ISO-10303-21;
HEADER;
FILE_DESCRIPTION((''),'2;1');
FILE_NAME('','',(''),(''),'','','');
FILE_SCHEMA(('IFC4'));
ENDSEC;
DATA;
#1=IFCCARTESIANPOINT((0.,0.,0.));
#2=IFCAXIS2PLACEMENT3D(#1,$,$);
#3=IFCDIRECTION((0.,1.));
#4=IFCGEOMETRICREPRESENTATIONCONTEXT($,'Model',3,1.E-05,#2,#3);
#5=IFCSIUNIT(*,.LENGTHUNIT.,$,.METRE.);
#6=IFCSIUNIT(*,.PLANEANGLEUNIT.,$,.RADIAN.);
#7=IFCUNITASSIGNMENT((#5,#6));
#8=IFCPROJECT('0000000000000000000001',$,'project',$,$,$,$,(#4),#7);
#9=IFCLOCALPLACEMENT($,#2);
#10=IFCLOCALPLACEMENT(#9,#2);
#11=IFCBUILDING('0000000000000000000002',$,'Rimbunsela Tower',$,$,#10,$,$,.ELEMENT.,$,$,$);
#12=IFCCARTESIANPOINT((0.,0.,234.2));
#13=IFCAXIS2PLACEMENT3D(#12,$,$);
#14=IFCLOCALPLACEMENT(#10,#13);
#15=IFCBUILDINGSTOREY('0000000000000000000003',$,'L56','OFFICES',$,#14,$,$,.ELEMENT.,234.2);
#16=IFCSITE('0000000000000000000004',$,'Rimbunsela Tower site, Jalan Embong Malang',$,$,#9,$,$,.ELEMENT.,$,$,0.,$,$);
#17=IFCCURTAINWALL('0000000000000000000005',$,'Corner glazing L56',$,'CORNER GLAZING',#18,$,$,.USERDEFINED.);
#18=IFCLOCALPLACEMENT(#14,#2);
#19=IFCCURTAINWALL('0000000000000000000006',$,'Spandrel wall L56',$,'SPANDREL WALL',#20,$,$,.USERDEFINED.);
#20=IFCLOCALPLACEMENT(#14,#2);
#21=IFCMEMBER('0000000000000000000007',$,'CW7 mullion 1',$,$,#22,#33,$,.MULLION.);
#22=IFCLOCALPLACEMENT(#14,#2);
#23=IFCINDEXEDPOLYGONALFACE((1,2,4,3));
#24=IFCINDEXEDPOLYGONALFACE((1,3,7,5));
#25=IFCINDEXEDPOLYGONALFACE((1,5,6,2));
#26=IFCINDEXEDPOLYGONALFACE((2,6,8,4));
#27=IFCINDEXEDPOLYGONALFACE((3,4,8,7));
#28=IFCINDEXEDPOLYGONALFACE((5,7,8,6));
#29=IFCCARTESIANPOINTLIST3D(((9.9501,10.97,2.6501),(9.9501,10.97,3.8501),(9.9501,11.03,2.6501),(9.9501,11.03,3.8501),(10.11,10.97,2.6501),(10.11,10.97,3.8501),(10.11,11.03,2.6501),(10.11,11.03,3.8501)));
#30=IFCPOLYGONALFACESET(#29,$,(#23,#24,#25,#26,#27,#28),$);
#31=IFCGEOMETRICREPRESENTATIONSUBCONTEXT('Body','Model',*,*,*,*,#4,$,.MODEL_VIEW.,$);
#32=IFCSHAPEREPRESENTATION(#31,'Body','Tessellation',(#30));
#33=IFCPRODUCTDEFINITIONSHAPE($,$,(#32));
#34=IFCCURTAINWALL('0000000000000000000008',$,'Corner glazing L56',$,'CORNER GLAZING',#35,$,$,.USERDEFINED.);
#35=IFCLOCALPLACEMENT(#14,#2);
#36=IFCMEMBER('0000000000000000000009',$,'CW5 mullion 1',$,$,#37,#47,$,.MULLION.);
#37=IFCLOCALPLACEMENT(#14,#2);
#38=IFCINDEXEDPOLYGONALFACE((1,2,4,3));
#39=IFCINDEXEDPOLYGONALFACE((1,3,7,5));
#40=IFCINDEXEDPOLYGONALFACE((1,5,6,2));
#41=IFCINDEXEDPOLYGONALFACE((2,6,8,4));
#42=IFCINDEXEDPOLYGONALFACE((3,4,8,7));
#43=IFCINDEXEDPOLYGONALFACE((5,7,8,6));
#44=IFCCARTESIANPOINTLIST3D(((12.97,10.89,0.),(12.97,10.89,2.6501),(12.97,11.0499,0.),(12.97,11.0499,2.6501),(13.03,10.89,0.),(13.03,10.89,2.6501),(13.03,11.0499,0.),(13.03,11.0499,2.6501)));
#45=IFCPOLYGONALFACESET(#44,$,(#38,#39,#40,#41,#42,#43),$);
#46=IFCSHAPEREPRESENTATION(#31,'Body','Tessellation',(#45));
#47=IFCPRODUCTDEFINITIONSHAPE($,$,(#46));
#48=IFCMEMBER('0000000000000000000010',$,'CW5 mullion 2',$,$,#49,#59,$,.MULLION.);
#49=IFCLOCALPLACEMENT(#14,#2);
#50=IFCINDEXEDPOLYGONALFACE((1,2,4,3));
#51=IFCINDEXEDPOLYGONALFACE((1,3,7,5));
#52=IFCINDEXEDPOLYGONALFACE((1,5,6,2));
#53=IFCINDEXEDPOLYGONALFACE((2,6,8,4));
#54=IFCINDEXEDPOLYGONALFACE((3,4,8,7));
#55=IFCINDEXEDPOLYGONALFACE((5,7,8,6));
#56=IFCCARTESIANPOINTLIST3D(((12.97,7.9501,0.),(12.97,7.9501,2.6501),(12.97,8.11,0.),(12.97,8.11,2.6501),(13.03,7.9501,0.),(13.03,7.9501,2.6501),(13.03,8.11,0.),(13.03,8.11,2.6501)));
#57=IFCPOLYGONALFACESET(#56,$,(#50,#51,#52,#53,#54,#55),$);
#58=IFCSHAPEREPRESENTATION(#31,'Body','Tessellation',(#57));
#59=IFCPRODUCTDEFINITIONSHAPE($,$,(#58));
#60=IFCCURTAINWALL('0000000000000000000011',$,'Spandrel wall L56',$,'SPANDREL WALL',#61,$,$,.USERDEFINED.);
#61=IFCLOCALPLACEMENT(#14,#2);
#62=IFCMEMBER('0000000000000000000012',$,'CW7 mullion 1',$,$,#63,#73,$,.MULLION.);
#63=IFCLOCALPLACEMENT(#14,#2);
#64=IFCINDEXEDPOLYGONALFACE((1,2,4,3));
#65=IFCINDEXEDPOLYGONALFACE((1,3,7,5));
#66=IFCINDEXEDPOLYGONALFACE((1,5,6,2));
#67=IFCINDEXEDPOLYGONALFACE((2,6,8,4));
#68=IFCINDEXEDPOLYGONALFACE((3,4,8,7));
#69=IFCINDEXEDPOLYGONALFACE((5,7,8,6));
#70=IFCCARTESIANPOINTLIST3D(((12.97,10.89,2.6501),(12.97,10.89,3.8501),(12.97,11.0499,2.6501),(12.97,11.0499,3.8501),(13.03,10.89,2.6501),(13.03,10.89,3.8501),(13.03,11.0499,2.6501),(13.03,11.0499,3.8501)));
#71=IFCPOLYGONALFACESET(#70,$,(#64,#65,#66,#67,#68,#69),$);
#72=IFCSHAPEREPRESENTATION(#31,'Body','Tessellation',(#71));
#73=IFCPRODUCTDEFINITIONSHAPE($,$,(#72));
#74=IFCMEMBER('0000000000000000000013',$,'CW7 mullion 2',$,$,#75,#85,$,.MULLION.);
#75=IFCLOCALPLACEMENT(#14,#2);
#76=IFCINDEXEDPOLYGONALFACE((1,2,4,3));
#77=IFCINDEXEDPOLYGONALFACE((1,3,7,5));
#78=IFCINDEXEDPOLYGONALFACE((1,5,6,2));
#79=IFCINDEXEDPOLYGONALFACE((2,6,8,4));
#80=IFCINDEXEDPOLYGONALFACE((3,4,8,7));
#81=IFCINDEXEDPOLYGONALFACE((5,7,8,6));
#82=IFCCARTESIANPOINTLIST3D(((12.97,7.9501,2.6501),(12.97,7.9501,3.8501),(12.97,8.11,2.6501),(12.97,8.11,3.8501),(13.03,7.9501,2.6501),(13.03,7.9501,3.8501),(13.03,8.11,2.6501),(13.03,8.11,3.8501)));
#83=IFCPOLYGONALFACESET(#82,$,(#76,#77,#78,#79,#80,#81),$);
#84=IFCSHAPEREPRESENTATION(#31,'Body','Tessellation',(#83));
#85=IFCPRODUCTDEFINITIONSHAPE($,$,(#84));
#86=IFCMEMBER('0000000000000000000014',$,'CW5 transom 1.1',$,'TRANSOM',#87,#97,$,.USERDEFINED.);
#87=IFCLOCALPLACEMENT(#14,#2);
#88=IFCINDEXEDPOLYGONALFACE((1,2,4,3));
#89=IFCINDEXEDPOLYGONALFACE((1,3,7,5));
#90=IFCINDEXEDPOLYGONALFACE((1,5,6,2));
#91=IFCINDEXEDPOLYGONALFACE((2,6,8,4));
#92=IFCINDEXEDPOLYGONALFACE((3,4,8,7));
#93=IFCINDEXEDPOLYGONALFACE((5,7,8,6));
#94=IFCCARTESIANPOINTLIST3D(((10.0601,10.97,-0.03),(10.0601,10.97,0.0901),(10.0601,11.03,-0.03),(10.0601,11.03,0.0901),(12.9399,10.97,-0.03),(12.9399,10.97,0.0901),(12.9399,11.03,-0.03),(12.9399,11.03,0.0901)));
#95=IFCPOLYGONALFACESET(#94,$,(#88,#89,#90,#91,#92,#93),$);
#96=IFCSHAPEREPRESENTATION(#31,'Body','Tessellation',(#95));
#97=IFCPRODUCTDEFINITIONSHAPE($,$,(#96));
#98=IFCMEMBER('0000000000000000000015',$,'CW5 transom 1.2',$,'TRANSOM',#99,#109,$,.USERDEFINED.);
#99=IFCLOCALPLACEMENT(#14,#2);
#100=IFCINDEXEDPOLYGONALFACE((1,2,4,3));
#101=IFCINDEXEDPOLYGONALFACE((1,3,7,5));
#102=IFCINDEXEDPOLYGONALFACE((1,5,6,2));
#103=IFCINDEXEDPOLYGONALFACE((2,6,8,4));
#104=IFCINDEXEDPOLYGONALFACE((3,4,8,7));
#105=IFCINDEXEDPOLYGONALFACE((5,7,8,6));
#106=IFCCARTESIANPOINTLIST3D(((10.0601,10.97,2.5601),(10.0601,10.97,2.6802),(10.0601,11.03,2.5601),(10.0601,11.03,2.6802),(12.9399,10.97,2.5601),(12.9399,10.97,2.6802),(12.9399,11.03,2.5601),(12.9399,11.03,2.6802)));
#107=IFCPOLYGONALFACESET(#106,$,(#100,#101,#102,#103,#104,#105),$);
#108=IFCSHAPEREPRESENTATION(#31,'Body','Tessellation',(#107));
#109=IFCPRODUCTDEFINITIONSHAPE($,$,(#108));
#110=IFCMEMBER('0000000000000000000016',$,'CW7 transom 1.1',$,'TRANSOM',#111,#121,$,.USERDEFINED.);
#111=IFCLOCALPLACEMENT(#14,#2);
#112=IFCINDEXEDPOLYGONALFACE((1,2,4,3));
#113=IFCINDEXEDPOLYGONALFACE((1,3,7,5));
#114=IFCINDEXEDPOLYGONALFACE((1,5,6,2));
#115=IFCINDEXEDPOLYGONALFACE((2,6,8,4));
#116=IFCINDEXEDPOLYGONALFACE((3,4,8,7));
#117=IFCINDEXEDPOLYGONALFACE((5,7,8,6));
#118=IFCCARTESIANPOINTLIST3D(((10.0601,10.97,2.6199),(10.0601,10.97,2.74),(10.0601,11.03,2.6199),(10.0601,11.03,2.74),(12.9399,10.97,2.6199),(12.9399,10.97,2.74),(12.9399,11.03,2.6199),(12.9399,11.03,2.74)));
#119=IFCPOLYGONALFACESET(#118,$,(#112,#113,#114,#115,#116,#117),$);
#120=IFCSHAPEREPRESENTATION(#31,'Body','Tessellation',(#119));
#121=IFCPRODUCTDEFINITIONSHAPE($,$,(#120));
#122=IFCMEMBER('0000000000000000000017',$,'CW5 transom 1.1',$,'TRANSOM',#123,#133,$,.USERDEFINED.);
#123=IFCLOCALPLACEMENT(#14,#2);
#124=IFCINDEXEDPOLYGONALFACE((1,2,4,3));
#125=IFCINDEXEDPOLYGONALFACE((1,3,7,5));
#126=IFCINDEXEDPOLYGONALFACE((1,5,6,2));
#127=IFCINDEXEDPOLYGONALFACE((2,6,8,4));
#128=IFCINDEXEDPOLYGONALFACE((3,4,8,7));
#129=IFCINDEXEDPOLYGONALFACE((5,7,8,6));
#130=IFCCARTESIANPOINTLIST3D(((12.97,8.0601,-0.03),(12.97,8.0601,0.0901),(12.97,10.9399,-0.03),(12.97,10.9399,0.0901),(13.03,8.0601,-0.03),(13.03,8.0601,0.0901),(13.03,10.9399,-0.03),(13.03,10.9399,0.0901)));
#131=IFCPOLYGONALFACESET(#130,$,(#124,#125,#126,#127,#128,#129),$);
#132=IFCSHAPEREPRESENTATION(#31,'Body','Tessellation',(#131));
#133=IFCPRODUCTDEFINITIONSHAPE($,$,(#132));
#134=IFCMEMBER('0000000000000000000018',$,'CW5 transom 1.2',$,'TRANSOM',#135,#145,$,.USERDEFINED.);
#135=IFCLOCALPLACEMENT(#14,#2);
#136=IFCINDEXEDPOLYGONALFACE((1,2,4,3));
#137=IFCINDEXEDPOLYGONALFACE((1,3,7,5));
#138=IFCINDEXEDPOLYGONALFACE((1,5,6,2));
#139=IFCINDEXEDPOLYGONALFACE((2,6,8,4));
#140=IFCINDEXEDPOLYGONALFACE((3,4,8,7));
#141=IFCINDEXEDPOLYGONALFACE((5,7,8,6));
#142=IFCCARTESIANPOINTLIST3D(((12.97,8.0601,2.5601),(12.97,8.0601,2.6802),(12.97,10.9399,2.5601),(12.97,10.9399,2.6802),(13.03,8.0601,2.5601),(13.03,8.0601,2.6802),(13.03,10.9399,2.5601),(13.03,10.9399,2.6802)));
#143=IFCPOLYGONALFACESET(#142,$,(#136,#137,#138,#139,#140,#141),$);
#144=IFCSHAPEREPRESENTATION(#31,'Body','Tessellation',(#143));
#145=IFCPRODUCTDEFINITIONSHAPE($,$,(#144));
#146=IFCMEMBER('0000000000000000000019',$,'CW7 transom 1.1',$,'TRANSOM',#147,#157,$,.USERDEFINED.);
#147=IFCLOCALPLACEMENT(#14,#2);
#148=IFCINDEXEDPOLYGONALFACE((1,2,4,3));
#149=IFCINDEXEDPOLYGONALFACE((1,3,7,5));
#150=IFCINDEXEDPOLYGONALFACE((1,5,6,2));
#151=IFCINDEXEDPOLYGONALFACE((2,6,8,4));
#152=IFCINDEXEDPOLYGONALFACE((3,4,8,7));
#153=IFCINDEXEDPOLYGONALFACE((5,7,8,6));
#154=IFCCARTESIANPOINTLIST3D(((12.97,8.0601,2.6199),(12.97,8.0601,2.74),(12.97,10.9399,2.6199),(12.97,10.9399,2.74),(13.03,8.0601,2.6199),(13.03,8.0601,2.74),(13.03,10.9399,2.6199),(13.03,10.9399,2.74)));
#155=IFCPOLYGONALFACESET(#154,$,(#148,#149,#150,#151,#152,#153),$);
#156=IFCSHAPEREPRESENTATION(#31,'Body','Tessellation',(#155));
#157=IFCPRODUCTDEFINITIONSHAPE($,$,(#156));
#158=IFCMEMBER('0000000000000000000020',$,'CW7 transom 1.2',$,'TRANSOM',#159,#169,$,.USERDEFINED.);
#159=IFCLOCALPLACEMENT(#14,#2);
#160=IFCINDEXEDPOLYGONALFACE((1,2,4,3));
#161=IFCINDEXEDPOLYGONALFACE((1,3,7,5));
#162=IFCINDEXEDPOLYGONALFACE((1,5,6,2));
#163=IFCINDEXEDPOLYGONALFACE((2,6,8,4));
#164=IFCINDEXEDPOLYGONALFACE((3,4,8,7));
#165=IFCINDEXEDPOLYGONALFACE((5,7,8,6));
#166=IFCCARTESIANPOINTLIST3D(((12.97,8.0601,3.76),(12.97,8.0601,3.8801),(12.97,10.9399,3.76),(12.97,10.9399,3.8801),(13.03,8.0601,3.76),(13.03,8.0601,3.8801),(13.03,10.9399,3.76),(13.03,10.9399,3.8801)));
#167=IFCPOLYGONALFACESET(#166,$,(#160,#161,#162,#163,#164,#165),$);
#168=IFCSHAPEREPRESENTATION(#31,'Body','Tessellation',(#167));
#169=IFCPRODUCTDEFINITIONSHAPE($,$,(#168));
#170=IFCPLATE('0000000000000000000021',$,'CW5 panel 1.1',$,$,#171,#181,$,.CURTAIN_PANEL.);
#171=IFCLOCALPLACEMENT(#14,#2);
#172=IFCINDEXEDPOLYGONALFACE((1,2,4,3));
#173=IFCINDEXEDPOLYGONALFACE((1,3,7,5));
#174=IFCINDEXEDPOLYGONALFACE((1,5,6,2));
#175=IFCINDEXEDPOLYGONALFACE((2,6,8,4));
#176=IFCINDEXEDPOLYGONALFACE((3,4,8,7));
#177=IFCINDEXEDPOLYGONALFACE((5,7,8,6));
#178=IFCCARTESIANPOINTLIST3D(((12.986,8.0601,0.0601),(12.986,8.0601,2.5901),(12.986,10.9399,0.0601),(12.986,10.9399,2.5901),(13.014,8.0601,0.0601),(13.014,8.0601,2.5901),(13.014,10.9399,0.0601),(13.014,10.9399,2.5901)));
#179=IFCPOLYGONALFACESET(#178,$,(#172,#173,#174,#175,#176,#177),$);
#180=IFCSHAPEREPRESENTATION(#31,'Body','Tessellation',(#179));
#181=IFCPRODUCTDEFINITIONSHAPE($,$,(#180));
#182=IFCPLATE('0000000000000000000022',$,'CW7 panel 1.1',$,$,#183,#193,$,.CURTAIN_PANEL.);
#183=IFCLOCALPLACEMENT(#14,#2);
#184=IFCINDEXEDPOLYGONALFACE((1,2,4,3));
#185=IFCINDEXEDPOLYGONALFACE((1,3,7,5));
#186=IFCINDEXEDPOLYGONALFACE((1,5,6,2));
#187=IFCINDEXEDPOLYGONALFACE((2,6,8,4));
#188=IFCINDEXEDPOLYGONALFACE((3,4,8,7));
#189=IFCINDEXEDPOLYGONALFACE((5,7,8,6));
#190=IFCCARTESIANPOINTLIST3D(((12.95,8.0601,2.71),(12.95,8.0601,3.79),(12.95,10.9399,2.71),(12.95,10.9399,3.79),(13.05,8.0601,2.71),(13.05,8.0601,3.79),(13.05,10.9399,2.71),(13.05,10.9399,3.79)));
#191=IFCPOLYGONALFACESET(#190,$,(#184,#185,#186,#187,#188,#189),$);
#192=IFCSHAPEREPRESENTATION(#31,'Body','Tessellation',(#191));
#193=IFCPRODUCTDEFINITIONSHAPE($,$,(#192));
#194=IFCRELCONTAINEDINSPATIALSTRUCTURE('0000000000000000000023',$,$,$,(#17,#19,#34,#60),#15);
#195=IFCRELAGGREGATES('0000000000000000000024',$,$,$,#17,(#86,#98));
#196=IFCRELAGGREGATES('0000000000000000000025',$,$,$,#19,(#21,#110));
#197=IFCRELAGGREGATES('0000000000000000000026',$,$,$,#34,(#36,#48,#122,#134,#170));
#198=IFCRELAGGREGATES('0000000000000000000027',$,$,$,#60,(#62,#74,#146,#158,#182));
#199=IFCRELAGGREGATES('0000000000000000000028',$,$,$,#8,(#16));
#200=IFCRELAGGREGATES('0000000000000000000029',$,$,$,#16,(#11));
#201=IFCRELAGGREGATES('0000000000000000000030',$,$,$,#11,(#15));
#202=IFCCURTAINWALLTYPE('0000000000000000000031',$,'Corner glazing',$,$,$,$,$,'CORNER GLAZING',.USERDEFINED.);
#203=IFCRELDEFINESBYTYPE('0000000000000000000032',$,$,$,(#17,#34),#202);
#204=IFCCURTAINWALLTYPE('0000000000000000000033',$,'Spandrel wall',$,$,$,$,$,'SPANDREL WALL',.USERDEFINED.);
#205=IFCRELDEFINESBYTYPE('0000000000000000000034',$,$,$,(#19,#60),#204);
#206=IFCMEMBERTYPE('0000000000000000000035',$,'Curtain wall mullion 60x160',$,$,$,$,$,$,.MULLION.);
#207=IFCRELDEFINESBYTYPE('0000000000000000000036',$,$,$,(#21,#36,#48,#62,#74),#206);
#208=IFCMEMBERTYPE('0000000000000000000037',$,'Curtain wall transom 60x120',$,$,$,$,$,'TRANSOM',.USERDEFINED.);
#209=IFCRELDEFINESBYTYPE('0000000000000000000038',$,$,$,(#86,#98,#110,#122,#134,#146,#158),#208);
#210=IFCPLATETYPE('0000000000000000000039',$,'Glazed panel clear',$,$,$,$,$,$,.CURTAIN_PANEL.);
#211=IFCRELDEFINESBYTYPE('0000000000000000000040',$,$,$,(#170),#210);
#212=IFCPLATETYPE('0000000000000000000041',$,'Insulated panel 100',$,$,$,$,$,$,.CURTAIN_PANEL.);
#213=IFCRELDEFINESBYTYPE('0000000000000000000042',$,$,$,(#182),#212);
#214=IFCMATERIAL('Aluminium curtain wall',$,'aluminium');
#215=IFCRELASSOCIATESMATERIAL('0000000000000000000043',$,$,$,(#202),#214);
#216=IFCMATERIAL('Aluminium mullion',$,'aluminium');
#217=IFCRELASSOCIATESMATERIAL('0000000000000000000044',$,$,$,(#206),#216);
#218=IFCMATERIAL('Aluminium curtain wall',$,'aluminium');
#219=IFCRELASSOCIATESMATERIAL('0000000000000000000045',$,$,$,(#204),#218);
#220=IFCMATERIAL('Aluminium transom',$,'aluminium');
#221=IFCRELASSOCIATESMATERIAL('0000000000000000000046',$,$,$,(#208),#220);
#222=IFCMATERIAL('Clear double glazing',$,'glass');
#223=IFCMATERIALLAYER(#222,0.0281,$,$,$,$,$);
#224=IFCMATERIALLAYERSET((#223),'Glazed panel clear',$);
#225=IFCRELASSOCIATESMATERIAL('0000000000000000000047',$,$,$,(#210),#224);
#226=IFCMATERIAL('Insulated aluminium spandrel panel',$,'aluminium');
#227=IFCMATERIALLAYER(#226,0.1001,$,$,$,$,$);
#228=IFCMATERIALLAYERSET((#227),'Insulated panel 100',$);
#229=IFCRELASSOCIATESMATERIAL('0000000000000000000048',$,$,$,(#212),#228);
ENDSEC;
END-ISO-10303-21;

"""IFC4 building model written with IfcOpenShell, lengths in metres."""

from ifc_helpers import new_model, si_unit, direction, frame, origin, origin_2d, place, context, subcontext, project, spatial, rectangle, extrude, material, layer, layer_set, material_profile, profile_set, type_object, element, aggregate, save


model = new_model("IFC4")

# Units and contexts
model_context = context("Model", 3, precision=1e-05, world=origin(), true_north=direction((0.0, 1.0)))
body_context = subcontext(model_context, "Body", "Model", "MODEL_VIEW")
ifc_project = project(units=[si_unit("LENGTHUNIT", "METRE"), si_unit("PLANEANGLEUNIT", "RADIAN")], contexts=[model_context])

# Site, building, storey
site_placement = place(None, origin())
site = spatial("IfcSite", under=ifc_project, at=site_placement, Name="Rimbunsela Tower site, Jalan Embong Malang", CompositionType="ELEMENT", RefElevation=0.0)
building_placement = place(site_placement, origin())
building = spatial("IfcBuilding", under=site, at=building_placement, Name="Rimbunsela Tower", CompositionType="ELEMENT")
storey_placement = place(building_placement, frame((0.0, 0.0, 234.2)))
storey = spatial("IfcBuildingStorey", under=building, at=storey_placement, Name="L56", Description="OFFICES", CompositionType="ELEMENT", Elevation=234.2)

# Curtain walls, member
ifc_material_1 = material(Name="Aluminium curtain wall", Category="aluminium")
curtain_wall_type_1 = type_object("IfcCurtainWallType", Name="Corner glazing", ElementType="CORNER GLAZING", PredefinedType="USERDEFINED", material=ifc_material_1)
curtain_wall_1_placement = place(storey_placement, origin())
curtain_wall_1 = element("IfcCurtainWall", 1, at=curtain_wall_1_placement, inside=storey, type_object=curtain_wall_type_1, Name="Corner glazing L56", ObjectType="CORNER GLAZING", PredefinedType="USERDEFINED")
ifc_material_2 = material(Name="Aluminium mullion", Category="aluminium")
ifc_material_profile_1 = material_profile(ifc_material_2, rectangle(XDim=0.0601, YDim=0.1599, at=origin_2d()), Name="Mullion 60x160")
ifc_profile_set_1 = profile_set([ifc_material_profile_1], Name="Aluminium mullion")
member_type_1 = type_object("IfcMemberType", Name="Curtain wall mullion 60x160", PredefinedType="MULLION", material=ifc_profile_set_1)
ifc_material_3 = material(Name="Aluminium curtain wall", Category="aluminium")
curtain_wall_type_2 = type_object("IfcCurtainWallType", Name="Spandrel wall", ElementType="SPANDREL WALL", PredefinedType="USERDEFINED", material=ifc_material_3)
curtain_wall_2_placement = place(storey_placement, origin())
curtain_wall_2 = element("IfcCurtainWall", 2, at=curtain_wall_2_placement, inside=storey, type_object=curtain_wall_type_2, Name="Spandrel wall L56", ObjectType="SPANDREL WALL", PredefinedType="USERDEFINED")
member_1_placement = place(storey_placement, frame((10.03, 11.0, 2.6501), z_axis=(0.0, 0.0, 1.0), x_axis=(0.0, 1.0, 0.0)))
member_1 = element("IfcMember", 3, at=member_1_placement, type_object=member_type_1, Name="CW7 mullion 1", PredefinedType="MULLION", context=body_context, shape_type="SweptSolid", body=[
    extrude(rectangle(XDim=0.0601, YDim=0.1599, at=origin_2d()), origin(), (0.0, 0.0, 1.0), 1.2),
])

# Curtain walls, members
curtain_wall_3_placement = place(storey_placement, origin())
curtain_wall_3 = element("IfcCurtainWall", 4, at=curtain_wall_3_placement, inside=storey, type_object=curtain_wall_type_1, Name="Corner glazing L56", ObjectType="CORNER GLAZING", PredefinedType="USERDEFINED")
member_2_placement = place(storey_placement, frame((13.0, 10.97, 0.0), z_axis=(0.0, 0.0, 1.0), x_axis=(1.0, 0.0, 0.0)))
member_2 = element("IfcMember", 5, at=member_2_placement, type_object=member_type_1, Name="CW5 mullion 1", PredefinedType="MULLION", context=body_context, shape_type="SweptSolid", body=[
    extrude(rectangle(XDim=0.0601, YDim=0.1599, at=origin_2d()), origin(), (0.0, 0.0, 1.0), 2.6501),
])
member_3_placement = place(storey_placement, frame((13.0, 8.03, 0.0), z_axis=(0.0, 0.0, 1.0), x_axis=(1.0, 0.0, 0.0)))
member_3 = element("IfcMember", 6, at=member_3_placement, type_object=member_type_1, Name="CW5 mullion 2", PredefinedType="MULLION", context=body_context, shape_type="SweptSolid", body=[
    extrude(rectangle(XDim=0.0601, YDim=0.1599, at=origin_2d()), origin(), (0.0, 0.0, 1.0), 2.6501),
])
curtain_wall_4_placement = place(storey_placement, origin())
curtain_wall_4 = element("IfcCurtainWall", 7, at=curtain_wall_4_placement, inside=storey, type_object=curtain_wall_type_2, Name="Spandrel wall L56", ObjectType="SPANDREL WALL", PredefinedType="USERDEFINED")
member_4_placement = place(storey_placement, frame((13.0, 10.97, 2.6501), z_axis=(0.0, 0.0, 1.0), x_axis=(1.0, 0.0, 0.0)))
member_4 = element("IfcMember", 8, at=member_4_placement, type_object=member_type_1, Name="CW7 mullion 1", PredefinedType="MULLION", context=body_context, shape_type="SweptSolid", body=[
    extrude(rectangle(XDim=0.0601, YDim=0.1599, at=origin_2d()), origin(), (0.0, 0.0, 1.0), 1.2),
])
member_5_placement = place(storey_placement, frame((13.0, 8.03, 2.6501), z_axis=(0.0, 0.0, 1.0), x_axis=(1.0, 0.0, 0.0)))
member_5 = element("IfcMember", 9, at=member_5_placement, type_object=member_type_1, Name="CW7 mullion 2", PredefinedType="MULLION", context=body_context, shape_type="SweptSolid", body=[
    extrude(rectangle(XDim=0.0601, YDim=0.1599, at=origin_2d()), origin(), (0.0, 0.0, 1.0), 1.2),
])

# Members
ifc_material_4 = material(Name="Aluminium transom", Category="aluminium")
ifc_material_profile_2 = material_profile(ifc_material_4, rectangle(XDim=0.0601, YDim=0.1201, at=origin_2d()), Name="Transom 60x120")
ifc_profile_set_2 = profile_set([ifc_material_profile_2], Name="Aluminium transom")
member_type_2 = type_object("IfcMemberType", Name="Curtain wall transom 60x120", ElementType="TRANSOM", PredefinedType="USERDEFINED", material=ifc_profile_set_2)
member_6_placement = place(storey_placement, frame((10.0601, 11.0, 0.03), z_axis=(1.0, 0.0, 0.0), x_axis=(0.0, 1.0, 0.0)))
member_6 = element("IfcMember", 10, at=member_6_placement, type_object=member_type_2, Name="CW5 transom 1.1", ObjectType="TRANSOM", PredefinedType="USERDEFINED", context=body_context, shape_type="SweptSolid", body=[
    extrude(rectangle(XDim=0.0601, YDim=0.1201, at=origin_2d()), origin(), (0.0, 0.0, 1.0), 2.8799),
])
member_7_placement = place(storey_placement, frame((10.0601, 11.0, 2.6201), z_axis=(1.0, 0.0, 0.0), x_axis=(0.0, 1.0, 0.0)))
member_7 = element("IfcMember", 11, at=member_7_placement, type_object=member_type_2, Name="CW5 transom 1.2", ObjectType="TRANSOM", PredefinedType="USERDEFINED", context=body_context, shape_type="SweptSolid", body=[
    extrude(rectangle(XDim=0.0601, YDim=0.1201, at=origin_2d()), origin(), (0.0, 0.0, 1.0), 2.8799),
])
aggregate(curtain_wall_1, [member_6, member_7])
member_8_placement = place(storey_placement, frame((10.0601, 11.0, 2.6799), z_axis=(1.0, 0.0, 0.0), x_axis=(0.0, 1.0, 0.0)))
member_8 = element("IfcMember", 12, at=member_8_placement, type_object=member_type_2, Name="CW7 transom 1.1", ObjectType="TRANSOM", PredefinedType="USERDEFINED", context=body_context, shape_type="SweptSolid", body=[
    extrude(rectangle(XDim=0.0601, YDim=0.1201, at=origin_2d()), origin(), (0.0, 0.0, 1.0), 2.8799),
])
aggregate(curtain_wall_2, [member_1, member_8])
member_9_placement = place(storey_placement, frame((13.0, 10.9399, 0.03), z_axis=(0.0, -1.0, 0.0), x_axis=(1.0, 0.0, 0.0)))
member_9 = element("IfcMember", 13, at=member_9_placement, type_object=member_type_2, Name="CW5 transom 1.1", ObjectType="TRANSOM", PredefinedType="USERDEFINED", context=body_context, shape_type="SweptSolid", body=[
    extrude(rectangle(XDim=0.0601, YDim=0.1201, at=origin_2d()), origin(), (0.0, 0.0, 1.0), 2.8799),
])
member_10_placement = place(storey_placement, frame((13.0, 10.9399, 2.6201), z_axis=(0.0, -1.0, 0.0), x_axis=(1.0, 0.0, 0.0)))
member_10 = element("IfcMember", 14, at=member_10_placement, type_object=member_type_2, Name="CW5 transom 1.2", ObjectType="TRANSOM", PredefinedType="USERDEFINED", context=body_context, shape_type="SweptSolid", body=[
    extrude(rectangle(XDim=0.0601, YDim=0.1201, at=origin_2d()), origin(), (0.0, 0.0, 1.0), 2.8799),
])
member_11_placement = place(storey_placement, frame((13.0, 10.9399, 2.6799), z_axis=(0.0, -1.0, 0.0), x_axis=(1.0, 0.0, 0.0)))
member_11 = element("IfcMember", 15, at=member_11_placement, type_object=member_type_2, Name="CW7 transom 1.1", ObjectType="TRANSOM", PredefinedType="USERDEFINED", context=body_context, shape_type="SweptSolid", body=[
    extrude(rectangle(XDim=0.0601, YDim=0.1201, at=origin_2d()), origin(), (0.0, 0.0, 1.0), 2.8799),
])
member_12_placement = place(storey_placement, frame((13.0, 10.9399, 3.8201), z_axis=(0.0, -1.0, 0.0), x_axis=(1.0, 0.0, 0.0)))
member_12 = element("IfcMember", 16, at=member_12_placement, type_object=member_type_2, Name="CW7 transom 1.2", ObjectType="TRANSOM", PredefinedType="USERDEFINED", context=body_context, shape_type="SweptSolid", body=[
    extrude(rectangle(XDim=0.0601, YDim=0.1201, at=origin_2d()), origin(), (0.0, 0.0, 1.0), 2.8799),
])

# Plates
ifc_material_5 = material(Name="Clear double glazing", Category="glass")
ifc_layer_1 = layer(ifc_material_5, 0.0281)
ifc_layer_set_1 = layer_set([ifc_layer_1], Name="Glazed panel clear")
plate_type_1 = type_object("IfcPlateType", Name="Glazed panel clear", PredefinedType="CURTAIN_PANEL", material=ifc_layer_set_1)
plate_1_placement = place(storey_placement, frame((13.0, 9.5, 0.0601), z_axis=(0.0, 0.0, 1.0), x_axis=(0.0, -1.0, 0.0)))
plate_1 = element("IfcPlate", 17, at=plate_1_placement, type_object=plate_type_1, Name="CW5 panel 1.1", PredefinedType="CURTAIN_PANEL", context=body_context, shape_type="SweptSolid", body=[
    extrude(rectangle(XDim=2.8799, YDim=0.0281, at=origin_2d()), origin(), (0.0, 0.0, 1.0), 2.53),
])
aggregate(curtain_wall_3, [member_2, member_3, member_9, member_10, plate_1])
ifc_material_6 = material(Name="Insulated aluminium spandrel panel", Category="aluminium")
ifc_layer_2 = layer(ifc_material_6, 0.1001)
ifc_layer_set_2 = layer_set([ifc_layer_2], Name="Insulated panel 100")
plate_type_2 = type_object("IfcPlateType", Name="Insulated panel 100", PredefinedType="CURTAIN_PANEL", material=ifc_layer_set_2)
plate_2_placement = place(storey_placement, frame((13.0, 9.5, 2.71), z_axis=(0.0, 0.0, 1.0), x_axis=(0.0, -1.0, 0.0)))
plate_2 = element("IfcPlate", 18, at=plate_2_placement, type_object=plate_type_2, Name="CW7 panel 1.1", PredefinedType="CURTAIN_PANEL", context=body_context, shape_type="SweptSolid", body=[
    extrude(rectangle(XDim=2.8799, YDim=0.1001, at=origin_2d()), origin(), (0.0, 0.0, 1.0), 1.0801),
])
aggregate(curtain_wall_4, [member_4, member_5, member_11, member_12, plate_2])

save(model, "model.ifc")
